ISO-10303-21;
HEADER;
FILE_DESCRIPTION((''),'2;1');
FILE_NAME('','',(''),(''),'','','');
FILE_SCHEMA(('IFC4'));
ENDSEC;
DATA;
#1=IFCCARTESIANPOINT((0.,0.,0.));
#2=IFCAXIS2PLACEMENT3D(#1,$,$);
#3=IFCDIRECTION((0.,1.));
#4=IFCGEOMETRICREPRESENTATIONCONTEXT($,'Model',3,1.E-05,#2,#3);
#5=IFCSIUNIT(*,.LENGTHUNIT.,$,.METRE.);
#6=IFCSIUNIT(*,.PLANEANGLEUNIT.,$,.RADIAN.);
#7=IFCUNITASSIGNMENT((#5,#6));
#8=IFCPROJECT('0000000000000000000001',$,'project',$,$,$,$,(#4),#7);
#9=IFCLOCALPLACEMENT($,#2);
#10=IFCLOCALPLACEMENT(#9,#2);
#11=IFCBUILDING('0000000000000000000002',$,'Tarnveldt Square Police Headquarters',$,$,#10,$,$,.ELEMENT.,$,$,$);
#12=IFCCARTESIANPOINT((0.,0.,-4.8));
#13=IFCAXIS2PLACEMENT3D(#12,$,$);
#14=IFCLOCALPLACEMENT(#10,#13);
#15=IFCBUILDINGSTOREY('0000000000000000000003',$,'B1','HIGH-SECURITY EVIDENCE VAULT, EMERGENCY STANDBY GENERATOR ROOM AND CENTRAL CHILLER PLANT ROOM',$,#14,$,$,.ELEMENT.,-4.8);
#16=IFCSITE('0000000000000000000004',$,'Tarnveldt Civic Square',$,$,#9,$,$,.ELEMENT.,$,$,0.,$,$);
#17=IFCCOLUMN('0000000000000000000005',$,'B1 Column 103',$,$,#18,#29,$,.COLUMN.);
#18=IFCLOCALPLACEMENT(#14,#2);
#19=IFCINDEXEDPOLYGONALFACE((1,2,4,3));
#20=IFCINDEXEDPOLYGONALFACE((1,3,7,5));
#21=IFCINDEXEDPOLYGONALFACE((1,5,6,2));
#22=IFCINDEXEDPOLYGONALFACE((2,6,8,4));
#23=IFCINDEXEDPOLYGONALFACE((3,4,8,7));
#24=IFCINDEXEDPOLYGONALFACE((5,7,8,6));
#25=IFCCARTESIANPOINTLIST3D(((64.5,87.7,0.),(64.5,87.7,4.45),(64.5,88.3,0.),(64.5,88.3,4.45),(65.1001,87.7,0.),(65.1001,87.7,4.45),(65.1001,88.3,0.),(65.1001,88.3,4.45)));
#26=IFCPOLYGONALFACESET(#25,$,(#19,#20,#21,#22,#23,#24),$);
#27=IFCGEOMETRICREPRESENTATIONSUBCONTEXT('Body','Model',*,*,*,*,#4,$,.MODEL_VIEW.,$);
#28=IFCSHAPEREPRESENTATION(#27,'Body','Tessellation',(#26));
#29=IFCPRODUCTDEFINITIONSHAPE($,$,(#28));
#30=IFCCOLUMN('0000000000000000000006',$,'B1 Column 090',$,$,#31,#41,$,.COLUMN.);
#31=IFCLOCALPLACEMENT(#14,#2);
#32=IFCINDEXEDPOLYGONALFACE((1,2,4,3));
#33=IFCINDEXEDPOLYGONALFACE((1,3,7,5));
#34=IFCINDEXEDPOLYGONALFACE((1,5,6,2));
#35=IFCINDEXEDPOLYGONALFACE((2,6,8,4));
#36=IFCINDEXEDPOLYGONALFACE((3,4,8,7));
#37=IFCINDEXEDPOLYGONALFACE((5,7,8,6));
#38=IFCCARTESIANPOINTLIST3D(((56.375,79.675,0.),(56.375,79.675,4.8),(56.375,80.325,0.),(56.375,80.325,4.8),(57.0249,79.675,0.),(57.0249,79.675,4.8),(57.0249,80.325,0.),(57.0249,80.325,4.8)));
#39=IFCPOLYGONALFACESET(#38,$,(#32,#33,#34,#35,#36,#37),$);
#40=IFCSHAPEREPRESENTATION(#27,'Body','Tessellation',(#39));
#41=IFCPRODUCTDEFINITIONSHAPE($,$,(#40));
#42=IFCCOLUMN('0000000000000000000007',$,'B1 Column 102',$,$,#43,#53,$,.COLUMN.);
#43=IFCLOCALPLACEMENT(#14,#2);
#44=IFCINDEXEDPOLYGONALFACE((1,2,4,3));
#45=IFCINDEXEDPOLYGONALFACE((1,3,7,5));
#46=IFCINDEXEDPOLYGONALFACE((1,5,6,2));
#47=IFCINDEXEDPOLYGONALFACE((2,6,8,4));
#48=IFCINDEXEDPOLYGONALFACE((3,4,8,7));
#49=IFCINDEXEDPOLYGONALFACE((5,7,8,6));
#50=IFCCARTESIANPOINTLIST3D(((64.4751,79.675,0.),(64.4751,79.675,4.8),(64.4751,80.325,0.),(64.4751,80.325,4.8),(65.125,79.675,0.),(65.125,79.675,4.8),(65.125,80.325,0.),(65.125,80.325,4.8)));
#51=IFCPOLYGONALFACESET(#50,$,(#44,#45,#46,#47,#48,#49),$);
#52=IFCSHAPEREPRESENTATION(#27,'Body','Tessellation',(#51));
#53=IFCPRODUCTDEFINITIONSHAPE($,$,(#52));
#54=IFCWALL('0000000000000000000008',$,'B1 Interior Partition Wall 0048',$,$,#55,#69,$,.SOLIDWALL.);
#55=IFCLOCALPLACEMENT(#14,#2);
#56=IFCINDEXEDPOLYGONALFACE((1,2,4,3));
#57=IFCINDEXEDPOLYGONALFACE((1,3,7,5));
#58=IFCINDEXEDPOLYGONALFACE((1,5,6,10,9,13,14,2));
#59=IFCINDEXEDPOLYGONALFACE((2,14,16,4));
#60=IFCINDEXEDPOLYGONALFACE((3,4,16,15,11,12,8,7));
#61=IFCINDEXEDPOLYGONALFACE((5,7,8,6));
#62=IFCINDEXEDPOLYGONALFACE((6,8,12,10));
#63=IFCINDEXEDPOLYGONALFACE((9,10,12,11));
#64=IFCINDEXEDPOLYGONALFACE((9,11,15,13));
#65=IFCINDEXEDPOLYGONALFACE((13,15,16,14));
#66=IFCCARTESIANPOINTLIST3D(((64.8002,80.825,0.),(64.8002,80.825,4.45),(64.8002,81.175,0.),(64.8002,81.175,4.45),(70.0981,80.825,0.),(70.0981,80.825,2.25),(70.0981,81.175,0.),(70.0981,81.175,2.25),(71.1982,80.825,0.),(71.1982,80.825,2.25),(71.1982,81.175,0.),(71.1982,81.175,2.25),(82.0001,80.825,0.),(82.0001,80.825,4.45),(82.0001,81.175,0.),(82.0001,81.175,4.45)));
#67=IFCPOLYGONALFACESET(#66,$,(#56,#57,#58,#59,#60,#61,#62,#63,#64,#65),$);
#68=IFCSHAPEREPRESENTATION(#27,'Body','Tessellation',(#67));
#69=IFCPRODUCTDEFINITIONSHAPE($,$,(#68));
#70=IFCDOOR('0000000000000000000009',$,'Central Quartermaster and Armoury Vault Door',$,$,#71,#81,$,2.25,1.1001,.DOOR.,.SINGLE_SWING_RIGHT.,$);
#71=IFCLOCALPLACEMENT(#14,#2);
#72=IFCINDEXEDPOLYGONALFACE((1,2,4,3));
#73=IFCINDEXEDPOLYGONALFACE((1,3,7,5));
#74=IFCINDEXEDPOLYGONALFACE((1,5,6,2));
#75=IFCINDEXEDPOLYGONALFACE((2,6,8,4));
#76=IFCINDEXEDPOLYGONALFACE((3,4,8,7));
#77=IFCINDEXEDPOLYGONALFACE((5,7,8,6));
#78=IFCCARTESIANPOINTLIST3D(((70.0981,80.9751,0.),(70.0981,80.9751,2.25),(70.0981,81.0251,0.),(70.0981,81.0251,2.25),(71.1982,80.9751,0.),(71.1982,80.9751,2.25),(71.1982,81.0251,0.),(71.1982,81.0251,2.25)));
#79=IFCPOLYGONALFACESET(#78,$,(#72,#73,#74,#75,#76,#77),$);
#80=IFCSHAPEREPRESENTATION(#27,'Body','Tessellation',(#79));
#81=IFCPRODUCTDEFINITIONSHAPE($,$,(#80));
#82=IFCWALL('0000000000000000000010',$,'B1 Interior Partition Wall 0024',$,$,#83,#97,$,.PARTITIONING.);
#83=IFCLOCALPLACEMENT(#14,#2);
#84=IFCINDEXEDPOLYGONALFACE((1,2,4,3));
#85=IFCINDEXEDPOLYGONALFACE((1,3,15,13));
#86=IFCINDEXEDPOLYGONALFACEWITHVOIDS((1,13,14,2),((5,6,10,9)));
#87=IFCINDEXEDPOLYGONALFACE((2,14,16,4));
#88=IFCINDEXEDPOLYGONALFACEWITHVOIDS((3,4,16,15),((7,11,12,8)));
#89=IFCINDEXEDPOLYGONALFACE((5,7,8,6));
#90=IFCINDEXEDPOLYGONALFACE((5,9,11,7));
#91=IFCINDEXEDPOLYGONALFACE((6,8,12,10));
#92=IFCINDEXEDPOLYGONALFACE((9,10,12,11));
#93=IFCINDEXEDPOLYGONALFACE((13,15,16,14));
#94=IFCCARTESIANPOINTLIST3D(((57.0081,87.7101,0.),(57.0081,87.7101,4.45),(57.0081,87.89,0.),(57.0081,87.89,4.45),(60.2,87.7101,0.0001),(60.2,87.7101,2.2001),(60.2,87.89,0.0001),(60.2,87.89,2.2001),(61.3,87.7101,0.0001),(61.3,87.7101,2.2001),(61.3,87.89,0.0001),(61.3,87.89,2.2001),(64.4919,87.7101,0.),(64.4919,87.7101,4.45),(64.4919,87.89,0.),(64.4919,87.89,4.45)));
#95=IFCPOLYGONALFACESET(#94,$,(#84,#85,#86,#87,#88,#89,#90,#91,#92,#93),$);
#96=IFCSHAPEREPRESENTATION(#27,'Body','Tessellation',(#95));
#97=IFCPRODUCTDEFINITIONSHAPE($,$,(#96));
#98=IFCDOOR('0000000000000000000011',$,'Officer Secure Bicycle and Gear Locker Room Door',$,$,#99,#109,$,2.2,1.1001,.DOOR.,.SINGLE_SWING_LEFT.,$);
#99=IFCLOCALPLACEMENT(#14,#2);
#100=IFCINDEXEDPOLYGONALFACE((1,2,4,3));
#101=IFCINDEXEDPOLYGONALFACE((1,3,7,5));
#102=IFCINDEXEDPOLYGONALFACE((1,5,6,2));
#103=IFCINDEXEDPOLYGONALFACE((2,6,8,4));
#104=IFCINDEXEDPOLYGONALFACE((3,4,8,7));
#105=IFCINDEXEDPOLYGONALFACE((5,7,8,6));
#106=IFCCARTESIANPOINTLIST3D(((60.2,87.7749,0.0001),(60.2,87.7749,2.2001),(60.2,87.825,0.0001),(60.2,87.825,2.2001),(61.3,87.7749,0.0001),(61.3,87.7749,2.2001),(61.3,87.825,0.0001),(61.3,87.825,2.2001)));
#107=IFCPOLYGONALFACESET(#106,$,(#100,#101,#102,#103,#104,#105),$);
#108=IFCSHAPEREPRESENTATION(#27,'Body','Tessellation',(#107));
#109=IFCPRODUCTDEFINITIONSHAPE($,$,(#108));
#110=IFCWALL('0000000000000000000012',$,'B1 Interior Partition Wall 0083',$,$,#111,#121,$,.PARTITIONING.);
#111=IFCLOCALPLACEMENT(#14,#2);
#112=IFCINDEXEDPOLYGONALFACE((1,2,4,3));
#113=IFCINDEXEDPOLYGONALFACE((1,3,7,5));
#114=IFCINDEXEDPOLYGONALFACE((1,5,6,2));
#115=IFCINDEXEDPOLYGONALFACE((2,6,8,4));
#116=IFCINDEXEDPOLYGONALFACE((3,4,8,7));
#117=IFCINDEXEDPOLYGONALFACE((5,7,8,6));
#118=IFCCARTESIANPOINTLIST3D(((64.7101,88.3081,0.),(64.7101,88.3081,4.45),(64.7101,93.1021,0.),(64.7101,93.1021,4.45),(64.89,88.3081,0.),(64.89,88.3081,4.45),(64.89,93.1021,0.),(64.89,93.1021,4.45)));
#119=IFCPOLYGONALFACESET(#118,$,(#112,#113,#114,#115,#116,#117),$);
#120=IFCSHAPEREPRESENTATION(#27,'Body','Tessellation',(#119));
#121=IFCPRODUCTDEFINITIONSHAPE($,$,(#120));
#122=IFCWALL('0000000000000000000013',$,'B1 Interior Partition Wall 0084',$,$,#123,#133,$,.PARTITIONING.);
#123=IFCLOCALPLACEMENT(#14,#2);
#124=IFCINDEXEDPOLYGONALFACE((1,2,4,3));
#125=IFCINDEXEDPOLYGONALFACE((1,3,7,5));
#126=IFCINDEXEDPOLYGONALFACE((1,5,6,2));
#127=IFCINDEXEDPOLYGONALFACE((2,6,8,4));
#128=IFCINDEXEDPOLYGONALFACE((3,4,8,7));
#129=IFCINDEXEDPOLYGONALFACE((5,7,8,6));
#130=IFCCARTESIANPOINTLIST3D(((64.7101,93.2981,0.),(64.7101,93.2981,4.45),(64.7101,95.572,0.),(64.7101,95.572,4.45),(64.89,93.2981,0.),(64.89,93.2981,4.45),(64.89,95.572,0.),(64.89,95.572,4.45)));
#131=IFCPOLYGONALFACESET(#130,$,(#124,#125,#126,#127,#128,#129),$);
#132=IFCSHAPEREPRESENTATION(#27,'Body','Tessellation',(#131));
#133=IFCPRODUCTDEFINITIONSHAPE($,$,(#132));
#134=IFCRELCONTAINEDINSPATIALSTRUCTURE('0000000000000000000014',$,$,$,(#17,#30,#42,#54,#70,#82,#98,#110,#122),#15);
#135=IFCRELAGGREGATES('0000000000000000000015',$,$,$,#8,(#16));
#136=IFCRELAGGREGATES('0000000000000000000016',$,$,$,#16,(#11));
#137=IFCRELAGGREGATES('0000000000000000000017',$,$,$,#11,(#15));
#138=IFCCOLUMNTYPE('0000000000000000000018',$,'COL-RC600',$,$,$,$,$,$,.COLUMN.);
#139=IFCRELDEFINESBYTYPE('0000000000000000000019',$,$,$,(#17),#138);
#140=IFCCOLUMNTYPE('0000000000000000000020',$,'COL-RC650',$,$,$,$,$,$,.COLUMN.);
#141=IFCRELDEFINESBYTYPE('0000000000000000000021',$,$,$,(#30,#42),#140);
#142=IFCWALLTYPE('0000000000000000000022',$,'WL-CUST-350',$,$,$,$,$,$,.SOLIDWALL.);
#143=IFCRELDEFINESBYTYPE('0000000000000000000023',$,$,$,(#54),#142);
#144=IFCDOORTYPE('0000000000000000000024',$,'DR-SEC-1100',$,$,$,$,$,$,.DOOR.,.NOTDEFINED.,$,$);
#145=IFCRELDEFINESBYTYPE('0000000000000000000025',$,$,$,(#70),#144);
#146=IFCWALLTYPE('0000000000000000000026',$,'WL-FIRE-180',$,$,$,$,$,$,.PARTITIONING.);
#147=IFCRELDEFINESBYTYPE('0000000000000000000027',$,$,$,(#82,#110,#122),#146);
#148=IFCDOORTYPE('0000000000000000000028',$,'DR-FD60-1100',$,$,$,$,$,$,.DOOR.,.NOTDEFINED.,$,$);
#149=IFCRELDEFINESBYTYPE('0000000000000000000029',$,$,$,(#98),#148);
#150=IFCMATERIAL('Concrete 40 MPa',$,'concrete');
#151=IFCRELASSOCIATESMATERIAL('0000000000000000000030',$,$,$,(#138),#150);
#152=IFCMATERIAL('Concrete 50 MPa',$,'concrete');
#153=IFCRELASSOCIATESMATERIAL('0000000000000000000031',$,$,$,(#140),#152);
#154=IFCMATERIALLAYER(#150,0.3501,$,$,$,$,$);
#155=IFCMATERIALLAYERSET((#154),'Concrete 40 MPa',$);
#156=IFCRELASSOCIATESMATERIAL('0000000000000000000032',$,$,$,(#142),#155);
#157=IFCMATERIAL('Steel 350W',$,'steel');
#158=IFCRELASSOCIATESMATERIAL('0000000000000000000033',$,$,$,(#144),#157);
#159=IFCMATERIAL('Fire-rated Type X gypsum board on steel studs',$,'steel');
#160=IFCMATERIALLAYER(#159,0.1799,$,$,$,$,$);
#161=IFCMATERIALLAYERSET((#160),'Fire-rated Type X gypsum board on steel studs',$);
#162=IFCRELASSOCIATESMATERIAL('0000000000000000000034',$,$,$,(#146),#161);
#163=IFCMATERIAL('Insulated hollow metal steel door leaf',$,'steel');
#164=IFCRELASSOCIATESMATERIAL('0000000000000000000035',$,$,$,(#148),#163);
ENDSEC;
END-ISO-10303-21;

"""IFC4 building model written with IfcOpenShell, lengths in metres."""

from ifc_helpers import new_model, si_unit, direction, frame, frame_2d, origin, origin_2d, place, context, subcontext, project, spatial, rectangle, extrude, material, layer, layer_set, material_profile, profile_set, type_object, element, fill, save


model = new_model("IFC4")

# Units and contexts
model_context = context("Model", 3, precision=1e-05, world=origin(), true_north=direction((0.0, 1.0)))
body_context = subcontext(model_context, "Body", "Model", "MODEL_VIEW")
ifc_project = project(units=[si_unit("LENGTHUNIT", "METRE"), si_unit("PLANEANGLEUNIT", "RADIAN")], contexts=[model_context])

# Site, building, storey
site_placement = place(None, origin())
site = spatial("IfcSite", under=ifc_project, at=site_placement, Name="Tarnveldt Civic Square", CompositionType="ELEMENT", RefElevation=0.0)
building_placement = place(site_placement, origin())
building = spatial("IfcBuilding", under=site, at=building_placement, Name="Tarnveldt Square Police Headquarters", CompositionType="ELEMENT")
storey_placement = place(building_placement, frame((0.0, 0.0, -4.8)))
storey = spatial("IfcBuildingStorey", under=building, at=storey_placement, Name="B1", Description="HIGH-SECURITY EVIDENCE VAULT, EMERGENCY STANDBY GENERATOR ROOM AND CENTRAL CHILLER PLANT ROOM", CompositionType="ELEMENT", Elevation=-4.8)

# Columns
ifc_material_1 = material(Name="Concrete 40 MPa", Category="concrete")
ifc_material_profile_1 = material_profile(ifc_material_1, rectangle(XDim=0.6001, YDim=0.6001, at=origin_2d()), Name="RC-C600x600")
ifc_profile_set_1 = profile_set([ifc_material_profile_1], Name="Concrete 40 MPa")
column_type_1 = type_object("IfcColumnType", Name="COL-RC600", PredefinedType="COLUMN", material=ifc_profile_set_1)
for number, where, z_axis, x_axis, name in (
    (1, (64.8, 88.0, 0.0), (0.0, 0.0, 1.0), (1.0, 0.0, 0.0), "B1 Column 103"),
):
    element("IfcColumn", number, at=place(storey_placement, frame(where, z_axis=z_axis, x_axis=x_axis)), inside=storey, type_object=column_type_1, Name=name, PredefinedType="COLUMN", context=body_context, shape_type="SweptSolid", body=[
        extrude(rectangle(XDim=0.6001, YDim=0.6001, at=origin_2d()), origin(), (0.0, 0.0, 1.0), 4.45),
    ])
ifc_material_2 = material(Name="Concrete 50 MPa", Category="concrete")
ifc_material_profile_2 = material_profile(ifc_material_2, rectangle(XDim=0.6499, YDim=0.6499, at=origin_2d()), Name="RC-C650x650")
ifc_profile_set_2 = profile_set([ifc_material_profile_2], Name="Concrete 50 MPa")
column_type_2 = type_object("IfcColumnType", Name="COL-RC650", PredefinedType="COLUMN", material=ifc_profile_set_2)
for number, where, z_axis, x_axis, name in (
    (2, (56.7, 80.0, 0.0), (0.0, 0.0, 1.0), (1.0, 0.0, 0.0), "B1 Column 090"),
    (3, (64.8, 80.0, 0.0), (0.0, 0.0, 1.0), (1.0, 0.0, 0.0), "B1 Column 102"),
):
    element("IfcColumn", number, at=place(storey_placement, frame(where, z_axis=z_axis, x_axis=x_axis)), inside=storey, type_object=column_type_2, Name=name, PredefinedType="COLUMN", context=body_context, shape_type="SweptSolid", body=[
        extrude(rectangle(XDim=0.6499, YDim=0.6499, at=origin_2d()), origin(), (0.0, 0.0, 1.0), 4.8),
    ])

# Walls, openings, doors
ifc_layer_1 = layer(ifc_material_1, 0.3501)
ifc_layer_set_1 = layer_set([ifc_layer_1], Name="Concrete 40 MPa")
wall_type_1 = type_object("IfcWallType", Name="WL-CUST-350", PredefinedType="SOLIDWALL", material=ifc_layer_set_1)
wall_1_placement = place(storey_placement, frame((64.8, 81.0, 0.0), z_axis=(0.0, 0.0, 1.0), x_axis=(1.0, 0.0, 0.0)))
wall_1 = element("IfcWall", 4, at=wall_1_placement, inside=storey, type_object=wall_type_1, Name="B1 Interior Partition Wall 0048", PredefinedType="SOLIDWALL", context=body_context, shape_type="SweptSolid", body=[
    extrude(rectangle(XDim=17.2, YDim=0.3501, at=frame_2d((8.6001, 0.0))), origin(), (0.0, 0.0, 1.0), 4.45),
])
opening_1_placement = place(wall_1_placement, frame((5.2981, 0.0, 0.0)))
opening_1 = element("IfcOpeningElement", 5, at=opening_1_placement, cuts=wall_1, PredefinedType="OPENING", context=body_context, shape_type="SweptSolid", body=[
    extrude(rectangle(XDim=1.1001, YDim=2.25, at=frame_2d((0.55, 1.125))), frame((0.0, 0.1851, 0.0), z_axis=(0.0, -1.0, 0.0), x_axis=(1.0, 0.0, 0.0)), (0.0, 0.0, 1.0), 0.3701),
])
ifc_material_3 = material(Name="Steel 350W", Category="steel")
door_type_1 = type_object("IfcDoorType", Name="DR-SEC-1100", OperationType="NOTDEFINED", PredefinedType="DOOR", material=ifc_material_3)
door_1_placement = place(opening_1_placement, frame((1.1001, 0.0, 0.0), z_axis=(0.0, 0.0, 1.0), x_axis=(-1.0, 0.0, 0.0)))
door_1 = element("IfcDoor", 6, at=door_1_placement, inside=storey, type_object=door_type_1, Name="Central Quartermaster and Armoury Vault Door", OperationType="SINGLE_SWING_RIGHT", OverallHeight=2.25, OverallWidth=1.1001, PredefinedType="DOOR", context=body_context, shape_type="SweptSolid", body=[
    extrude(rectangle(XDim=1.1001, YDim=2.25, at=frame_2d((0.55, 1.125))), frame((0.0, 0.0249, 0.0), z_axis=(0.0, -1.0, 0.0), x_axis=(1.0, 0.0, 0.0)), (0.0, 0.0, 1.0), 0.05),
])
fill(opening_1, door_1)
ifc_material_4 = material(Name="Fire-rated Type X gypsum board on steel studs", Category="steel")
ifc_layer_2 = layer(ifc_material_4, 0.1799)
ifc_layer_set_2 = layer_set([ifc_layer_2], Name="Fire-rated Type X gypsum board on steel studs")
wall_type_2 = type_object("IfcWallType", Name="WL-FIRE-180", PredefinedType="PARTITIONING", material=ifc_layer_set_2)
wall_2_placement = place(storey_placement, frame((57.0081, 87.8, 0.0), z_axis=(0.0, 0.0, 1.0), x_axis=(1.0, 0.0, 0.0)))
wall_2 = element("IfcWall", 7, at=wall_2_placement, inside=storey, type_object=wall_type_2, Name="B1 Interior Partition Wall 0024", PredefinedType="PARTITIONING", context=body_context, shape_type="SweptSolid", body=[
    extrude(rectangle(XDim=7.4839, YDim=0.1799, at=frame_2d((3.7419, 0.0))), origin(), (0.0, 0.0, 1.0), 4.45),
])
opening_2_placement = place(wall_2_placement, frame((3.1919, 0.0, 0.0)))
opening_2 = element("IfcOpeningElement", 8, at=opening_2_placement, cuts=wall_2, PredefinedType="OPENING", context=body_context, shape_type="SweptSolid", body=[
    extrude(rectangle(XDim=1.1001, YDim=2.2, at=frame_2d((0.55, 1.1001))), frame((0.0, 0.0999, 0.0), z_axis=(0.0, -1.0, 0.0), x_axis=(1.0, 0.0, 0.0)), (0.0, 0.0, 1.0), 0.2),
])
ifc_material_5 = material(Name="Insulated hollow metal steel door leaf", Category="steel")
door_type_2 = type_object("IfcDoorType", Name="DR-FD60-1100", OperationType="NOTDEFINED", PredefinedType="DOOR", material=ifc_material_5)
door_2_placement = place(opening_2_placement, origin())
door_2 = element("IfcDoor", 9, at=door_2_placement, inside=storey, type_object=door_type_2, Name="Officer Secure Bicycle and Gear Locker Room Door", OperationType="SINGLE_SWING_LEFT", OverallHeight=2.2, OverallWidth=1.1001, PredefinedType="DOOR", context=body_context, shape_type="SweptSolid", body=[
    extrude(rectangle(XDim=1.1001, YDim=2.2, at=frame_2d((0.55, 1.1001))), frame((0.0, 0.0249, 0.0), z_axis=(0.0, -1.0, 0.0), x_axis=(1.0, 0.0, 0.0)), (0.0, 0.0, 1.0), 0.05),
])
fill(opening_2, door_2)

# Walls
wall_3_placement = place(storey_placement, frame((64.8, 88.3081, 0.0), z_axis=(0.0, 0.0, 1.0), x_axis=(0.0, 1.0, 0.0)))
element("IfcWall", 10, at=wall_3_placement, inside=storey, type_object=wall_type_2, Name="B1 Interior Partition Wall 0083", PredefinedType="PARTITIONING", context=body_context, shape_type="SweptSolid", body=[
    extrude(rectangle(XDim=4.7939, YDim=0.1799, at=frame_2d((2.397, 0.0))), origin(), (0.0, 0.0, 1.0), 4.45),
])
wall_4_placement = place(storey_placement, frame((64.8, 93.2981, 0.0), z_axis=(0.0, 0.0, 1.0), x_axis=(0.0, 1.0, 0.0)))
element("IfcWall", 11, at=wall_4_placement, inside=storey, type_object=wall_type_2, Name="B1 Interior Partition Wall 0084", PredefinedType="PARTITIONING", context=body_context, shape_type="SweptSolid", body=[
    extrude(rectangle(XDim=2.2739, YDim=0.1799, at=frame_2d((1.137, 0.0))), origin(), (0.0, 0.0, 1.0), 4.45),
])

save(model, "model.ifc")
